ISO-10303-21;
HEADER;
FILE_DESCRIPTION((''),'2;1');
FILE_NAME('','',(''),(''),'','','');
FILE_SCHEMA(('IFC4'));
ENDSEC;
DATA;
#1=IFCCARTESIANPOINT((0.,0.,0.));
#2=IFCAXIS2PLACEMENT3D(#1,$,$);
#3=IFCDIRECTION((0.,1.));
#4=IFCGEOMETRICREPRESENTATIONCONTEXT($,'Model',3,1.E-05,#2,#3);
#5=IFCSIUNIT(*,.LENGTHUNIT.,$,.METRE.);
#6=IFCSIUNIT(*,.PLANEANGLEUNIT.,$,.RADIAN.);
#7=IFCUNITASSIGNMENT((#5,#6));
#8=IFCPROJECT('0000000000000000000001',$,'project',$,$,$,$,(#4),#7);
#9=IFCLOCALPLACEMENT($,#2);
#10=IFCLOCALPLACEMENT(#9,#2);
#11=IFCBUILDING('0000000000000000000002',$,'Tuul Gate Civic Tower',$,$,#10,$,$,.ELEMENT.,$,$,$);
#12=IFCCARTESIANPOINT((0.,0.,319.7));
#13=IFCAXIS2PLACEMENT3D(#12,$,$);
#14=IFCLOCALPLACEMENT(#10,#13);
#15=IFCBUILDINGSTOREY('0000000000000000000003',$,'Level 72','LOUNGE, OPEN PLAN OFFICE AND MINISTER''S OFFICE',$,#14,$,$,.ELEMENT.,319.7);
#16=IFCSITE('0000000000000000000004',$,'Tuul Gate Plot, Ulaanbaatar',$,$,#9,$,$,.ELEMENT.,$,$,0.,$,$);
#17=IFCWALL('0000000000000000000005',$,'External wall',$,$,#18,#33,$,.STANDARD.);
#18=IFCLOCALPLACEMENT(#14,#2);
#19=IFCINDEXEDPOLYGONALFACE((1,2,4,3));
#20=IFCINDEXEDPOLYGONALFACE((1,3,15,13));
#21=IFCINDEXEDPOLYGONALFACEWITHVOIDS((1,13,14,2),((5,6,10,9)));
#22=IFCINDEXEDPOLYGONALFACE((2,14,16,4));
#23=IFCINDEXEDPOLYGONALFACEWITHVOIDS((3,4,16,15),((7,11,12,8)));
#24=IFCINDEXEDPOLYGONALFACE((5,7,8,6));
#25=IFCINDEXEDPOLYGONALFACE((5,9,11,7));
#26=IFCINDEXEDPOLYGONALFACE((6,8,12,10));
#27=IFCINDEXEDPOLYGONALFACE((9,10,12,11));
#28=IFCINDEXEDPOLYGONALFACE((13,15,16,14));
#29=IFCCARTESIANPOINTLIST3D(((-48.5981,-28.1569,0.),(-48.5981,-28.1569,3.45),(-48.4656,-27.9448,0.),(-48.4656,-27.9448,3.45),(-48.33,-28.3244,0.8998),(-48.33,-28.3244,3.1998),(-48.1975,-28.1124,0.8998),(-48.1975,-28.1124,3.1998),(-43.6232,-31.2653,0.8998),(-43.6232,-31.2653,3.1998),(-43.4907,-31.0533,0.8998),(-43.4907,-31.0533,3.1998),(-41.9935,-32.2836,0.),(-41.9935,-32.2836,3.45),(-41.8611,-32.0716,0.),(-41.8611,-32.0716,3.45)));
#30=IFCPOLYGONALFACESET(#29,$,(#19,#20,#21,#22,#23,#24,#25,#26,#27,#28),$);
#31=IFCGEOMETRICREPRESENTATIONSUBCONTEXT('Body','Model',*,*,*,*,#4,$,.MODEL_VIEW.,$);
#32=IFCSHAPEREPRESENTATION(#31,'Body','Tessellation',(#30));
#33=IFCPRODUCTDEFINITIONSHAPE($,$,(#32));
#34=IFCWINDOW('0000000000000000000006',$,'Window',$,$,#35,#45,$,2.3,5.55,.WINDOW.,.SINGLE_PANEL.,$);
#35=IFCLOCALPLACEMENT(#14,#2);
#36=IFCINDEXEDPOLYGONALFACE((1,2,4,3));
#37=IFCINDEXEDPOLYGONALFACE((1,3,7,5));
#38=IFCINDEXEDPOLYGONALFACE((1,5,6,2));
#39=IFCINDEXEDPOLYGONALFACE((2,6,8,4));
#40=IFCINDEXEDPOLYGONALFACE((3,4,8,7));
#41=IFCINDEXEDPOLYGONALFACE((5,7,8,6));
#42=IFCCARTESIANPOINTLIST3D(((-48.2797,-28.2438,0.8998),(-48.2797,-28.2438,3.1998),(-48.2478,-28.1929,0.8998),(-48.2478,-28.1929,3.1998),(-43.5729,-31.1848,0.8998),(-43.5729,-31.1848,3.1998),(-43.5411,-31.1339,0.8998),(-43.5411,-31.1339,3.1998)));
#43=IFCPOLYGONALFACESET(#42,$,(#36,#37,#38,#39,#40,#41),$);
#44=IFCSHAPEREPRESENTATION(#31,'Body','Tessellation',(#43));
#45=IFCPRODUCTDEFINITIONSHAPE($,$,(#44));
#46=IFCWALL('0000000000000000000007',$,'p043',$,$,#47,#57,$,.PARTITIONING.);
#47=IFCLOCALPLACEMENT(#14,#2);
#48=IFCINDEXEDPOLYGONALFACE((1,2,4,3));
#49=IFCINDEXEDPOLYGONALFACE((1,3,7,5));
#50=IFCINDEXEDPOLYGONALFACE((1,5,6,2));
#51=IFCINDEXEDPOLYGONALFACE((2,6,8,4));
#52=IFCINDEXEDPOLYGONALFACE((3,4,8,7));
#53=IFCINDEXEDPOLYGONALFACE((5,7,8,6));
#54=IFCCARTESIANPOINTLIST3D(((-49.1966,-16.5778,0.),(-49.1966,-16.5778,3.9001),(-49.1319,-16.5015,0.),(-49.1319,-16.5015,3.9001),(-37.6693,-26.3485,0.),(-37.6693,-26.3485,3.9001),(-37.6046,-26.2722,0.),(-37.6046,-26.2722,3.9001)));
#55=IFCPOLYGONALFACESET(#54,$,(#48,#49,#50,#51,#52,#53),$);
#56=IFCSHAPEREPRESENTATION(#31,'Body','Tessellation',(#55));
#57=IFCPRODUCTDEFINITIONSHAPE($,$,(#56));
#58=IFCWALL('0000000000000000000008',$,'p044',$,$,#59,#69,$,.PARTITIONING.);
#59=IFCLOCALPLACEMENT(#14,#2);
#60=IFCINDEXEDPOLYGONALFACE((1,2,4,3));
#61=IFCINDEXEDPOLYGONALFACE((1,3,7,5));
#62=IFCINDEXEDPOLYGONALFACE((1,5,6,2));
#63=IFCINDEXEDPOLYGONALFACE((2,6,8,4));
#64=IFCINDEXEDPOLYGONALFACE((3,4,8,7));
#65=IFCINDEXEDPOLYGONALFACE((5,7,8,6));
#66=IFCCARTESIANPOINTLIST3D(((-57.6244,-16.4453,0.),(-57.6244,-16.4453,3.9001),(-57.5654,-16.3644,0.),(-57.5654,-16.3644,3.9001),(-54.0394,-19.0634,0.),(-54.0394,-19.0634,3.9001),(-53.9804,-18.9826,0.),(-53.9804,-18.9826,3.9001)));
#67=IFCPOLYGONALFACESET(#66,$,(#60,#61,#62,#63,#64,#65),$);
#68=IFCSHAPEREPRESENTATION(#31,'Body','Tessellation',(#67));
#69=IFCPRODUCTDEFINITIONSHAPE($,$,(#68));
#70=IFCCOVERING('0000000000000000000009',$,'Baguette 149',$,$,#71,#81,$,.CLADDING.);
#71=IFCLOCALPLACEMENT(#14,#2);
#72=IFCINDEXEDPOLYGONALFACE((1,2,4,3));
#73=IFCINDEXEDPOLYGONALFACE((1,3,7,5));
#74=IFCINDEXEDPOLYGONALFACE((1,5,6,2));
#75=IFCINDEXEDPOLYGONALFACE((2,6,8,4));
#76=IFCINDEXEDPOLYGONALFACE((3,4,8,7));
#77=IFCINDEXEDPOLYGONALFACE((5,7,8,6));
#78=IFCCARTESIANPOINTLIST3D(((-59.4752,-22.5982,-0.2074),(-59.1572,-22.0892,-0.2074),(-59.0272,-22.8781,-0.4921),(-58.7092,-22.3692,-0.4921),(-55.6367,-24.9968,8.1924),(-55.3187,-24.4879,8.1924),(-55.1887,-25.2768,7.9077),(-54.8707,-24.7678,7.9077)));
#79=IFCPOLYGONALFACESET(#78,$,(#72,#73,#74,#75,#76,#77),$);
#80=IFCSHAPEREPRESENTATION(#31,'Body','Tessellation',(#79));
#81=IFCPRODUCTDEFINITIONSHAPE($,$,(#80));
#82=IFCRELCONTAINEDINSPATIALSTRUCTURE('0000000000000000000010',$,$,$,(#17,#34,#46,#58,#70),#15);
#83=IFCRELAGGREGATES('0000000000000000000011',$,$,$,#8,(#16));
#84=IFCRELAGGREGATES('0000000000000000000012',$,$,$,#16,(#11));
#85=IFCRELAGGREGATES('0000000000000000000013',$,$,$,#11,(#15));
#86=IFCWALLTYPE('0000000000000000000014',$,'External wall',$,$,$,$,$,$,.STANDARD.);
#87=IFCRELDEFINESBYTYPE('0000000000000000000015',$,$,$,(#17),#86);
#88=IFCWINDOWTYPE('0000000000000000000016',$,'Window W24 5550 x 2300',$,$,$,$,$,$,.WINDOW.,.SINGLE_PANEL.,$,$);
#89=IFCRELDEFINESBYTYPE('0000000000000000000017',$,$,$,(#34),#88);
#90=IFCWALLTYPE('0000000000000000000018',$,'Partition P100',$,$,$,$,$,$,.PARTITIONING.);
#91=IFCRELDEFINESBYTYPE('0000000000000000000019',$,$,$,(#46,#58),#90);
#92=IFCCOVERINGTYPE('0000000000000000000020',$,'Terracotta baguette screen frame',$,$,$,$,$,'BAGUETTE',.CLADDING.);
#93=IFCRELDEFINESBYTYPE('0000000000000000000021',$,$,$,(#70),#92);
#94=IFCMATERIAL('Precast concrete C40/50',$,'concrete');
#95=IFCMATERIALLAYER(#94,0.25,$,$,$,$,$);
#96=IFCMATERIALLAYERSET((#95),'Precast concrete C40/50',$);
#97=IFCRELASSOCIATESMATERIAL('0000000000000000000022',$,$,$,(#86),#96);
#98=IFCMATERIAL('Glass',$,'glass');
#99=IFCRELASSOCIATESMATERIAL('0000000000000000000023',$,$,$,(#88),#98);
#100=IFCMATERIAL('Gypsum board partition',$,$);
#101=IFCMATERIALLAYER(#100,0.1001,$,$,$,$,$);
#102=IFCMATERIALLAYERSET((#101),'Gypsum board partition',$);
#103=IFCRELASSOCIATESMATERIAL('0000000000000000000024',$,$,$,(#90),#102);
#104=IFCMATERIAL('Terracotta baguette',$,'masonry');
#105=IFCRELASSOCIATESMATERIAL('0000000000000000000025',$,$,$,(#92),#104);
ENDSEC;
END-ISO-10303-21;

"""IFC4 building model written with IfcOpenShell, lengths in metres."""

from ifc_helpers import new_model, si_unit, direction, frame, frame_2d, origin, origin_2d, place, context, subcontext, project, spatial, rectangle, extrude, material, layer, layer_set, material_profile, profile_set, type_object, element, fill, save


model = new_model("IFC4")

# Units and contexts
model_context = context("Model", 3, precision=1e-05, world=origin(), true_north=direction((0.0, 1.0)))
body_context = subcontext(model_context, "Body", "Model", "MODEL_VIEW")
ifc_project = project(units=[si_unit("LENGTHUNIT", "METRE"), si_unit("PLANEANGLEUNIT", "RADIAN")], contexts=[model_context])

# Site, building, storey
site_placement = place(None, origin())
site = spatial("IfcSite", under=ifc_project, at=site_placement, Name="Tuul Gate Plot, Ulaanbaatar", CompositionType="ELEMENT", RefElevation=0.0)
building_placement = place(site_placement, origin())
building = spatial("IfcBuilding", under=site, at=building_placement, Name="Tuul Gate Civic Tower", CompositionType="ELEMENT")
storey_placement = place(building_placement, frame((0.0, 0.0, 319.7)))
storey = spatial("IfcBuildingStorey", under=building, at=storey_placement, Name="Level 72", Description="LOUNGE, OPEN PLAN OFFICE AND MINISTER'S OFFICE", CompositionType="ELEMENT", Elevation=319.7)

# Shared definitions
ifc_material_1 = material(Name="Precast concrete C40/50", Category="concrete")
ifc_layer_1 = layer(ifc_material_1, 0.25)
ifc_layer_set_1 = layer_set([ifc_layer_1], Name="Precast concrete C40/50")
wall_type_1 = type_object("IfcWallType", Name="External wall", PredefinedType="STANDARD", material=ifc_layer_set_1)

# Wall, opening, window
ifc_material_2 = material(Name="Glass", Category="glass")
window_type = type_object("IfcWindowType", Name="Window W24 5550 x 2300", PartitioningType="SINGLE_PANEL", PredefinedType="WINDOW", material=ifc_material_2)
wall_1_placement = place(storey_placement, frame((-48.532, -28.0508, 0.0), z_axis=(0.0, 0.0, 1.0), x_axis=(0.848062, -0.529897, 0.0)))
wall_1 = element("IfcWall", 1, at=wall_1_placement, inside=storey, type_object=wall_type_1, Name="External wall", PredefinedType="STANDARD", context=body_context, shape_type="SweptSolid", body=[
    extrude(rectangle(XDim=7.7878, YDim=0.25, at=frame_2d((3.894, 0.0))), origin(), (0.0, 0.0, 1.0), 3.45),
])
opening_1_placement = place(wall_1_placement, frame((0.3164, 0.0, 0.8999)))
opening_1 = element("IfcOpeningElement", 2, at=opening_1_placement, cuts=wall_1, PredefinedType="OPENING", context=body_context, shape_type="SweptSolid", body=[
    extrude(rectangle(XDim=5.55, YDim=2.3, at=frame_2d((2.7749, 1.1499))), frame((0.0, 0.135, 0.0), z_axis=(0.0, -1.0, 0.0), x_axis=(1.0, 0.0, 0.0)), (0.0, 0.0, 1.0), 0.27),
])
window_1_placement = place(opening_1_placement, origin())
window_1 = element("IfcWindow", 3, at=window_1_placement, inside=storey, type_object=window_type, Name="Window", OverallHeight=2.3, OverallWidth=5.55, PartitioningType="SINGLE_PANEL", PredefinedType="WINDOW", context=body_context, shape_type="SweptSolid", body=[
    extrude(rectangle(XDim=5.55, YDim=2.3, at=frame_2d((2.7749, 1.1499))), frame((0.0, 0.03, 0.0), z_axis=(0.0, -1.0, 0.0), x_axis=(1.0, 0.0, 0.0)), (0.0, 0.0, 1.0), 0.0601),
])
fill(opening_1, window_1)

# Walls
ifc_material_3 = material(Name="Gypsum board partition")
ifc_layer_2 = layer(ifc_material_3, 0.1001)
ifc_layer_set_2 = layer_set([ifc_layer_2], Name="Gypsum board partition")
wall_type_2 = type_object("IfcWallType", Name="Partition P100", PredefinedType="PARTITIONING", material=ifc_layer_set_2)
wall_2_placement = place(storey_placement, frame((-49.1643, -16.5396, 0.0), z_axis=(0.0, 0.0, 1.0), x_axis=(0.762836, -0.646592, 0.0)))
element("IfcWall", 4, at=wall_2_placement, inside=storey, type_object=wall_type_2, Name="p043", PredefinedType="PARTITIONING", context=body_context, shape_type="SweptSolid", body=[
    extrude(rectangle(XDim=15.1111, YDim=0.1001, at=frame_2d((7.5557, 0.0))), origin(), (0.0, 0.0, 1.0), 3.9001),
])
wall_3_placement = place(storey_placement, frame((-57.595, -16.4048, 0.0), z_axis=(0.0, 0.0, 1.0), x_axis=(0.807564, -0.589779, 0.0)))
element("IfcWall", 5, at=wall_3_placement, inside=storey, type_object=wall_type_2, Name="p044", PredefinedType="PARTITIONING", context=body_context, shape_type="SweptSolid", body=[
    extrude(rectangle(XDim=4.4392, YDim=0.1001, at=frame_2d((2.2197, 0.0))), origin(), (0.0, 0.0, 1.0), 3.9001),
])

# Covering
ifc_material_4 = material(Name="Terracotta baguette", Category="masonry")
ifc_material_profile_1 = material_profile(ifc_material_4, rectangle(XDim=0.6001, YDim=0.6001, at=origin_2d()), Name="Terracotta baguette screen frame")
ifc_profile_set_1 = profile_set([ifc_material_profile_1], Name="Terracotta baguette")
covering_type = type_object("IfcCoveringType", Name="Terracotta baguette screen frame", ElementType="BAGUETTE", PredefinedType="CLADDING", material=ifc_profile_set_1)
covering_placement = place(storey_placement, frame((-55.2537, -24.8823, 8.05), z_axis=(-0.402293, 0.251385, -0.880321), x_axis=(-0.529926, -0.848044, 0.0)))
element("IfcCovering", 6, at=covering_placement, inside=storey, type_object=covering_type, Name="Baguette 149", PredefinedType="CLADDING", context=body_context, shape_type="SweptSolid", body=[
    extrude(rectangle(XDim=0.6001, YDim=0.6001, at=origin_2d()), origin(), (0.0, 0.0, 1.0), 9.5417),
])

save(model, "model.ifc")
